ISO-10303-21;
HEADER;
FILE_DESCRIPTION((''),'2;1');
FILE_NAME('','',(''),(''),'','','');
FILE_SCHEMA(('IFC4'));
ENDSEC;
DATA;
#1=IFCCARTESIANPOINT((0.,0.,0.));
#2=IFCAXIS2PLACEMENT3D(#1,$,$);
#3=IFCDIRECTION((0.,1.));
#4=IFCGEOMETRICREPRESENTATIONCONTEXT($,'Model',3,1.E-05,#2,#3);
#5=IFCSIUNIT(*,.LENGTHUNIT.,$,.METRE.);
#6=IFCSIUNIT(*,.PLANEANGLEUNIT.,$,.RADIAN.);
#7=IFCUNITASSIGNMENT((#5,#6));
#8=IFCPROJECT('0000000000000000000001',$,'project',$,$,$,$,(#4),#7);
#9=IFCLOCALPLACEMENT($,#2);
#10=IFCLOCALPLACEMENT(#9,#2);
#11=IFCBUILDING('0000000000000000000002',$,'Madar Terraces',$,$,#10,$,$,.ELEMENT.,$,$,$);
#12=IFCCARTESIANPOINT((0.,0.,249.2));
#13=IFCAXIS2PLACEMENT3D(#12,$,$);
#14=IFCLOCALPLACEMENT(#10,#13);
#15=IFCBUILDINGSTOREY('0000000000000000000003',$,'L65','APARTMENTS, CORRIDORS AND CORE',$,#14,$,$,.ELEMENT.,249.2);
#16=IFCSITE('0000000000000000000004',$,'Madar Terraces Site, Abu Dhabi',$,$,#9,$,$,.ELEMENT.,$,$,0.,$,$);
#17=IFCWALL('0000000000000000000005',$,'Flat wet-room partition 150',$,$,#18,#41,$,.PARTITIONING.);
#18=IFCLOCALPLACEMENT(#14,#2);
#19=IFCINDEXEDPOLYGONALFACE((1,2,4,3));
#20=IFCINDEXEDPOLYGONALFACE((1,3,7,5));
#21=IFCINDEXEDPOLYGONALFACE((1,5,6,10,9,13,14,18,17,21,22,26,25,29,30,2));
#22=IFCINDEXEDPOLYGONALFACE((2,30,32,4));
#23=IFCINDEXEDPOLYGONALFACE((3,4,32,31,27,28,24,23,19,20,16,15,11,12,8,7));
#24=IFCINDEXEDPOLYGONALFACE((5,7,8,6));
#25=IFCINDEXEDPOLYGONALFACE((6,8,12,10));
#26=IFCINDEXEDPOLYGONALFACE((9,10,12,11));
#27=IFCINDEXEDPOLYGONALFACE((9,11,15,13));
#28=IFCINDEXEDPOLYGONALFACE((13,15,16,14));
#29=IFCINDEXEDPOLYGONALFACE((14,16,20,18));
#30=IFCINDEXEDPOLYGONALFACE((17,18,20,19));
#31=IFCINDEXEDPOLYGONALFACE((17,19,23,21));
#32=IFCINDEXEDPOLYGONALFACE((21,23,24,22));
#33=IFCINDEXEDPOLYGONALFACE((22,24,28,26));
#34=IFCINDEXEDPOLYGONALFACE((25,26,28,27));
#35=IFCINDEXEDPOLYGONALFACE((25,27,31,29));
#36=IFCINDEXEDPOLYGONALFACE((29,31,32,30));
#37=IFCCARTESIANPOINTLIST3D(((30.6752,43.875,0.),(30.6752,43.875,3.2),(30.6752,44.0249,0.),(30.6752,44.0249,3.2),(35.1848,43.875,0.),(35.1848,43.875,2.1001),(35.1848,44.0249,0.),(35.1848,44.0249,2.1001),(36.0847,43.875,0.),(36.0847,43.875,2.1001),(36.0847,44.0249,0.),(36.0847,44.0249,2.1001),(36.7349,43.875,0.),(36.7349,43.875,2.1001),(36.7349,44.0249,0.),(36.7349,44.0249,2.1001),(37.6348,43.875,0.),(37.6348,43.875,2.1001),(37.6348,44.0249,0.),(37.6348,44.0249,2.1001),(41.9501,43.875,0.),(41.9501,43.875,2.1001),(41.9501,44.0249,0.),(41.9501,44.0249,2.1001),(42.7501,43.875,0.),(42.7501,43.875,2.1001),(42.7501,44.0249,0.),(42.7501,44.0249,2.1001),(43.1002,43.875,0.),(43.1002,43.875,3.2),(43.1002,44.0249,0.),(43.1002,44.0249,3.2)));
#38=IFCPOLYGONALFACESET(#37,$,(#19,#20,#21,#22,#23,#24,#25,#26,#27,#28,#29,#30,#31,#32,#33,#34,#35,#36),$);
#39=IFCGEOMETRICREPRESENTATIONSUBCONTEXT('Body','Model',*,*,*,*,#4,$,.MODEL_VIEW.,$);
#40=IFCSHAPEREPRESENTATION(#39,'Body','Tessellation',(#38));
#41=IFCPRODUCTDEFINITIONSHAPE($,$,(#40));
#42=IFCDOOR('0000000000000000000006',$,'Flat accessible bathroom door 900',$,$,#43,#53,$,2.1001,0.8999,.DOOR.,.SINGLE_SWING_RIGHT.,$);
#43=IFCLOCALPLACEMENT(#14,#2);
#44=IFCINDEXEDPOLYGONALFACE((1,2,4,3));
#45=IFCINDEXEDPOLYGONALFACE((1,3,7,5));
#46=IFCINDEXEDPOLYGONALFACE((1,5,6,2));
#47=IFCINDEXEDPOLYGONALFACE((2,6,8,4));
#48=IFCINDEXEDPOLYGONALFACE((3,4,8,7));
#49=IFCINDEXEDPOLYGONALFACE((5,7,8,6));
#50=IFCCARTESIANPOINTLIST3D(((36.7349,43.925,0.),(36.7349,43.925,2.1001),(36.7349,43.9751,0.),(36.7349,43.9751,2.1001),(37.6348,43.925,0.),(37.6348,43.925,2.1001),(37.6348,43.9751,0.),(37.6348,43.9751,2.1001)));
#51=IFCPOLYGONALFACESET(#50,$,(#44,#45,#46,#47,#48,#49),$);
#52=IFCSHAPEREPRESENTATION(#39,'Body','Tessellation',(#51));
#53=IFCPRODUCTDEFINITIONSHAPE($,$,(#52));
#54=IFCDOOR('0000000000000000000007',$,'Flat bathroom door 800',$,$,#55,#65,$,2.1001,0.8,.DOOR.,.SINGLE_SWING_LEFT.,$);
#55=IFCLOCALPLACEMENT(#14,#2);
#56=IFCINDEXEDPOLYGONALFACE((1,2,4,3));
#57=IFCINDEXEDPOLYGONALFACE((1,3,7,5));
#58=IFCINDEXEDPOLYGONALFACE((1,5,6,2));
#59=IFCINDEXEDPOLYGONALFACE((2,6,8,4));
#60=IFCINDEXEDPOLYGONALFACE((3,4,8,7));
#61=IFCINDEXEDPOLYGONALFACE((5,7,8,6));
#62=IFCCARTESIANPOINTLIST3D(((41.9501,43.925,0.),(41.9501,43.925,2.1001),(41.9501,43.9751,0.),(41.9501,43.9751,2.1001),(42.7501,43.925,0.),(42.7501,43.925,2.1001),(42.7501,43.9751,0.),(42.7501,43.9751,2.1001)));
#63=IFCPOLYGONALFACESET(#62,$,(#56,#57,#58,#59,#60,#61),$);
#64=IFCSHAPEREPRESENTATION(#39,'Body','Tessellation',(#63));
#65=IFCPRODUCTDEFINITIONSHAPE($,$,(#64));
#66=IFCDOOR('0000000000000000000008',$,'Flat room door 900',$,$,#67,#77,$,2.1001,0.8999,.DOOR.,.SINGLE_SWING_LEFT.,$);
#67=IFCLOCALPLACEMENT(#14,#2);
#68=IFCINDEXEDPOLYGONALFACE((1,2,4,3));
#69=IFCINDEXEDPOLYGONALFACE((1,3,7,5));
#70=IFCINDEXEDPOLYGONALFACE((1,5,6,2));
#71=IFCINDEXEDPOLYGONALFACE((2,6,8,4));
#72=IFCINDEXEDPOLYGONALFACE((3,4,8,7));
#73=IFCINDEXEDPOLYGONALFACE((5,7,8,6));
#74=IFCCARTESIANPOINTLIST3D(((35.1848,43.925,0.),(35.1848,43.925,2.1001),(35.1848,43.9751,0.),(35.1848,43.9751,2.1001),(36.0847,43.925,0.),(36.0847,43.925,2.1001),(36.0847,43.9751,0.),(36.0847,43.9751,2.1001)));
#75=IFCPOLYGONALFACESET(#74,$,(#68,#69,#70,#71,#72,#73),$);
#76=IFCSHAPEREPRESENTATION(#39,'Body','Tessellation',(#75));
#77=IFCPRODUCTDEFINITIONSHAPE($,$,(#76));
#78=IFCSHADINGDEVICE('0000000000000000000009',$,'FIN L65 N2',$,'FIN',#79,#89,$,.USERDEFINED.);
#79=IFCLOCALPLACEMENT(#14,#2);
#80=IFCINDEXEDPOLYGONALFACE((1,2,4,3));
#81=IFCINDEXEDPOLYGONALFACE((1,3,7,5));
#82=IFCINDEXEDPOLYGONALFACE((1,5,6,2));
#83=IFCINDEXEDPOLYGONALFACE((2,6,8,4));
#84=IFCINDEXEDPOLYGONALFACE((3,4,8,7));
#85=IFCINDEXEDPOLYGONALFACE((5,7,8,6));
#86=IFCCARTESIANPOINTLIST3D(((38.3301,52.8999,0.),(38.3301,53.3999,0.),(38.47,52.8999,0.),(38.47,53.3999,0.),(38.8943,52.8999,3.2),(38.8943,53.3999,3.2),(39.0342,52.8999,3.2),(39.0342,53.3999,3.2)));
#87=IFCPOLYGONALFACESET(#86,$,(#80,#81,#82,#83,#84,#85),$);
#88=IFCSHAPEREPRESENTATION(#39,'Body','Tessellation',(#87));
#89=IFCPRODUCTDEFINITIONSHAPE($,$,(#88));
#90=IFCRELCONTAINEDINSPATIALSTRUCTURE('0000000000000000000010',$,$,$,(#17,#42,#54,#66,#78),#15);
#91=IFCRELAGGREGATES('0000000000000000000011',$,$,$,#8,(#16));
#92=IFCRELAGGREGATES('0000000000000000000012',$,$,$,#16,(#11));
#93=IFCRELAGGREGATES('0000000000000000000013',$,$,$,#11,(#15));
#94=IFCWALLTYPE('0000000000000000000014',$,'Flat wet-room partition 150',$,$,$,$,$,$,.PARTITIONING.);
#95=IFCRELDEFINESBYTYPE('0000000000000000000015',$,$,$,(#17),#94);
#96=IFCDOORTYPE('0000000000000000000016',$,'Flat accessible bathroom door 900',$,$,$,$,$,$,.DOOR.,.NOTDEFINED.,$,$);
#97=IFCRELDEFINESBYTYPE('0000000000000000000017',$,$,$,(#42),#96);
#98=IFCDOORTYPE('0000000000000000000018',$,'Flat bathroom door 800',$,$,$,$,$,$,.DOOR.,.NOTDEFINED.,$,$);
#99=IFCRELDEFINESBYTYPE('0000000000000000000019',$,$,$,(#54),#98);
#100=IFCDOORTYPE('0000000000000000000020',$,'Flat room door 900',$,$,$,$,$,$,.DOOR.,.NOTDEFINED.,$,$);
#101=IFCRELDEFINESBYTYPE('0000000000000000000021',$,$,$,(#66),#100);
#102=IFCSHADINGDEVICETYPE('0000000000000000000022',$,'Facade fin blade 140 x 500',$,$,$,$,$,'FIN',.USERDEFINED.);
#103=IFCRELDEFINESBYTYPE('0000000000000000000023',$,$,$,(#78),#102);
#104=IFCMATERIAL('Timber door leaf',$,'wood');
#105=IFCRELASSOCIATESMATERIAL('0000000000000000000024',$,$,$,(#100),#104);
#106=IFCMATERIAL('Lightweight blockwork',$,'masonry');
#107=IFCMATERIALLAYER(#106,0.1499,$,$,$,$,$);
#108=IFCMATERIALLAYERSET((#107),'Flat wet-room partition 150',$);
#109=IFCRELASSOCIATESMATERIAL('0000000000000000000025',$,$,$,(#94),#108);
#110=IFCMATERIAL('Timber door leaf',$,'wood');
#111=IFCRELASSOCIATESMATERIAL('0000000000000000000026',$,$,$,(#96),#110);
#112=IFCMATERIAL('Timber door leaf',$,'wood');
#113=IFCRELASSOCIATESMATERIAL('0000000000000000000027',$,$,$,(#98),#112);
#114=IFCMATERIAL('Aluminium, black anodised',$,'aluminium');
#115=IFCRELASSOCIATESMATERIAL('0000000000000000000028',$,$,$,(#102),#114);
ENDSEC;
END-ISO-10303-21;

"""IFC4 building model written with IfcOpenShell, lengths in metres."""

from ifc_helpers import new_model, si_unit, direction, frame, frame_2d, origin, place, context, subcontext, project, spatial, polyline, rectangle, outline, extrude, material, layer, layer_set, type_object, element, fill, save


model = new_model("IFC4")

# Units and contexts
model_context = context("Model", 3, precision=1e-05, world=origin(), true_north=direction((0.0, 1.0)))
body_context = subcontext(model_context, "Body", "Model", "MODEL_VIEW")
ifc_project = project(units=[si_unit("LENGTHUNIT", "METRE"), si_unit("PLANEANGLEUNIT", "RADIAN")], contexts=[model_context])

# Site, building, storey
site_placement = place(None, origin())
site = spatial("IfcSite", under=ifc_project, at=site_placement, Name="Madar Terraces Site, Abu Dhabi", CompositionType="ELEMENT", RefElevation=0.0)
building_placement = place(site_placement, origin())
building = spatial("IfcBuilding", under=site, at=building_placement, Name="Madar Terraces", CompositionType="ELEMENT")
storey_placement = place(building_placement, frame((0.0, 0.0, 249.2)))
storey = spatial("IfcBuildingStorey", under=building, at=storey_placement, Name="L65", Description="APARTMENTS, CORRIDORS AND CORE", CompositionType="ELEMENT", Elevation=249.2)

# Shared definitions
ifc_material_1 = material(Name="Timber door leaf", Category="wood")
door_type_1 = type_object("IfcDoorType", Name="Flat room door 900", OperationType="NOTDEFINED", PredefinedType="DOOR", material=ifc_material_1)

# Shared definitions
ifc_material_2 = material(Name="Lightweight blockwork", Category="masonry")
ifc_layer_1 = layer(ifc_material_2, 0.1499)
ifc_layer_set_1 = layer_set([ifc_layer_1], Name="Flat wet-room partition 150")
wall_type_1 = type_object("IfcWallType", Name="Flat wet-room partition 150", PredefinedType="PARTITIONING", material=ifc_layer_set_1)

# Wall, openings, doors
wall_1_placement = place(storey_placement, frame((43.1001, 43.95, 0.0), z_axis=(0.0, 0.0, 1.0), x_axis=(-1.0, 0.0, 0.0)))
wall_1 = element("IfcWall", 1, at=wall_1_placement, inside=storey, type_object=wall_type_1, Name="Flat wet-room partition 150", PredefinedType="PARTITIONING", context=body_context, shape_type="SweptSolid", body=[
    extrude(rectangle(XDim=12.425, YDim=0.1499, at=frame_2d((6.2124, 0.0))), origin(), (0.0, 0.0, 1.0), 3.2),
])
opening_1_placement = place(wall_1_placement, frame((7.0154, 0.0, 0.0)))
opening_1 = element("IfcOpeningElement", 2, at=opening_1_placement, cuts=wall_1, PredefinedType="OPENING", context=body_context, shape_type="SweptSolid", body=[
    extrude(rectangle(XDim=0.8999, YDim=2.1001, at=frame_2d((0.45, 1.05))), frame((0.0, 0.085, 0.0), z_axis=(0.0, -1.0, 0.0), x_axis=(1.0, 0.0, 0.0)), (0.0, 0.0, 1.0), 0.1699),
])
opening_2_placement = place(wall_1_placement, frame((5.4653, 0.0, 0.0)))
opening_2 = element("IfcOpeningElement", 3, at=opening_2_placement, cuts=wall_1, PredefinedType="OPENING", context=body_context, shape_type="SweptSolid", body=[
    extrude(rectangle(XDim=0.8999, YDim=2.1001, at=frame_2d((0.45, 1.05))), frame((0.0, 0.085, 0.0), z_axis=(0.0, -1.0, 0.0), x_axis=(1.0, 0.0, 0.0)), (0.0, 0.0, 1.0), 0.1699),
])
opening_3_placement = place(wall_1_placement, frame((0.3501, 0.0, 0.0)))
opening_3 = element("IfcOpeningElement", 4, at=opening_3_placement, cuts=wall_1, PredefinedType="OPENING", context=body_context, shape_type="SweptSolid", body=[
    extrude(rectangle(XDim=0.8, YDim=2.1001, at=frame_2d((0.3999, 1.05))), frame((0.0, 0.085, 0.0), z_axis=(0.0, -1.0, 0.0), x_axis=(1.0, 0.0, 0.0)), (0.0, 0.0, 1.0), 0.1699),
])
ifc_material_3 = material(Name="Timber door leaf", Category="wood")
door_type_2 = type_object("IfcDoorType", Name="Flat accessible bathroom door 900", OperationType="NOTDEFINED", PredefinedType="DOOR", material=ifc_material_3)
door_1_placement = place(opening_2_placement, origin())
door_1 = element("IfcDoor", 5, at=door_1_placement, inside=storey, type_object=door_type_2, Name="Flat accessible bathroom door 900", OperationType="SINGLE_SWING_RIGHT", OverallHeight=2.1001, OverallWidth=0.8999, PredefinedType="DOOR", context=body_context, shape_type="SweptSolid", body=[
    extrude(rectangle(XDim=0.8999, YDim=2.1001, at=frame_2d((0.45, 1.05))), frame((0.0, 0.0249, 0.0), z_axis=(0.0, -1.0, 0.0), x_axis=(1.0, 0.0, 0.0)), (0.0, 0.0, 1.0), 0.05),
])
fill(opening_2, door_1)
ifc_material_4 = material(Name="Timber door leaf", Category="wood")
door_type_3 = type_object("IfcDoorType", Name="Flat bathroom door 800", OperationType="NOTDEFINED", PredefinedType="DOOR", material=ifc_material_4)
door_2_placement = place(opening_3_placement, origin())
door_2 = element("IfcDoor", 6, at=door_2_placement, inside=storey, type_object=door_type_3, Name="Flat bathroom door 800", OperationType="SINGLE_SWING_LEFT", OverallHeight=2.1001, OverallWidth=0.8, PredefinedType="DOOR", context=body_context, shape_type="SweptSolid", body=[
    extrude(rectangle(XDim=0.8, YDim=2.1001, at=frame_2d((0.3999, 1.05))), frame((0.0, 0.0249, 0.0), z_axis=(0.0, -1.0, 0.0), x_axis=(1.0, 0.0, 0.0)), (0.0, 0.0, 1.0), 0.05),
])
fill(opening_3, door_2)
door_3_placement = place(opening_1_placement, origin())
door_3 = element("IfcDoor", 7, at=door_3_placement, inside=storey, type_object=door_type_1, Name="Flat room door 900", OperationType="SINGLE_SWING_LEFT", OverallHeight=2.1001, OverallWidth=0.8999, PredefinedType="DOOR", context=body_context, shape_type="SweptSolid", body=[
    extrude(rectangle(XDim=0.8999, YDim=2.1001, at=frame_2d((0.45, 1.05))), frame((0.0, 0.0249, 0.0), z_axis=(0.0, -1.0, 0.0), x_axis=(1.0, 0.0, 0.0)), (0.0, 0.0, 1.0), 0.05),
])
fill(opening_1, door_3)

# Shading device
ifc_material_5 = material(Name="Aluminium, black anodised", Category="aluminium")
shading_device_type = type_object("IfcShadingDeviceType", Name="Facade fin blade 140 x 500", ElementType="FIN", PredefinedType="USERDEFINED", material=ifc_material_5)
shading_device_placement = place(storey_placement, frame((38.47, 53.1499, 0.0), z_axis=(0.0, 0.0, 1.0), x_axis=(-1.0, 0.0, 0.0)))
element("IfcShadingDevice", 8, at=shading_device_placement, inside=storey, type_object=shading_device_type, Name="FIN L65 N2", ObjectType="FIN", PredefinedType="USERDEFINED", context=body_context, shape_type="SweptSolid", body=[
    extrude(outline(polyline([(0.0, 0.0), (0.1399, 0.0), (-0.4243, 3.2), (-0.5642, 3.2), (0.0, 0.0)])), frame((0.0, 0.25, 0.0), z_axis=(0.0, -1.0, 0.0), x_axis=(1.0, 0.0, 0.0)), (0.0, 0.0, 1.0), 0.5),
])

save(model, "model.ifc")
